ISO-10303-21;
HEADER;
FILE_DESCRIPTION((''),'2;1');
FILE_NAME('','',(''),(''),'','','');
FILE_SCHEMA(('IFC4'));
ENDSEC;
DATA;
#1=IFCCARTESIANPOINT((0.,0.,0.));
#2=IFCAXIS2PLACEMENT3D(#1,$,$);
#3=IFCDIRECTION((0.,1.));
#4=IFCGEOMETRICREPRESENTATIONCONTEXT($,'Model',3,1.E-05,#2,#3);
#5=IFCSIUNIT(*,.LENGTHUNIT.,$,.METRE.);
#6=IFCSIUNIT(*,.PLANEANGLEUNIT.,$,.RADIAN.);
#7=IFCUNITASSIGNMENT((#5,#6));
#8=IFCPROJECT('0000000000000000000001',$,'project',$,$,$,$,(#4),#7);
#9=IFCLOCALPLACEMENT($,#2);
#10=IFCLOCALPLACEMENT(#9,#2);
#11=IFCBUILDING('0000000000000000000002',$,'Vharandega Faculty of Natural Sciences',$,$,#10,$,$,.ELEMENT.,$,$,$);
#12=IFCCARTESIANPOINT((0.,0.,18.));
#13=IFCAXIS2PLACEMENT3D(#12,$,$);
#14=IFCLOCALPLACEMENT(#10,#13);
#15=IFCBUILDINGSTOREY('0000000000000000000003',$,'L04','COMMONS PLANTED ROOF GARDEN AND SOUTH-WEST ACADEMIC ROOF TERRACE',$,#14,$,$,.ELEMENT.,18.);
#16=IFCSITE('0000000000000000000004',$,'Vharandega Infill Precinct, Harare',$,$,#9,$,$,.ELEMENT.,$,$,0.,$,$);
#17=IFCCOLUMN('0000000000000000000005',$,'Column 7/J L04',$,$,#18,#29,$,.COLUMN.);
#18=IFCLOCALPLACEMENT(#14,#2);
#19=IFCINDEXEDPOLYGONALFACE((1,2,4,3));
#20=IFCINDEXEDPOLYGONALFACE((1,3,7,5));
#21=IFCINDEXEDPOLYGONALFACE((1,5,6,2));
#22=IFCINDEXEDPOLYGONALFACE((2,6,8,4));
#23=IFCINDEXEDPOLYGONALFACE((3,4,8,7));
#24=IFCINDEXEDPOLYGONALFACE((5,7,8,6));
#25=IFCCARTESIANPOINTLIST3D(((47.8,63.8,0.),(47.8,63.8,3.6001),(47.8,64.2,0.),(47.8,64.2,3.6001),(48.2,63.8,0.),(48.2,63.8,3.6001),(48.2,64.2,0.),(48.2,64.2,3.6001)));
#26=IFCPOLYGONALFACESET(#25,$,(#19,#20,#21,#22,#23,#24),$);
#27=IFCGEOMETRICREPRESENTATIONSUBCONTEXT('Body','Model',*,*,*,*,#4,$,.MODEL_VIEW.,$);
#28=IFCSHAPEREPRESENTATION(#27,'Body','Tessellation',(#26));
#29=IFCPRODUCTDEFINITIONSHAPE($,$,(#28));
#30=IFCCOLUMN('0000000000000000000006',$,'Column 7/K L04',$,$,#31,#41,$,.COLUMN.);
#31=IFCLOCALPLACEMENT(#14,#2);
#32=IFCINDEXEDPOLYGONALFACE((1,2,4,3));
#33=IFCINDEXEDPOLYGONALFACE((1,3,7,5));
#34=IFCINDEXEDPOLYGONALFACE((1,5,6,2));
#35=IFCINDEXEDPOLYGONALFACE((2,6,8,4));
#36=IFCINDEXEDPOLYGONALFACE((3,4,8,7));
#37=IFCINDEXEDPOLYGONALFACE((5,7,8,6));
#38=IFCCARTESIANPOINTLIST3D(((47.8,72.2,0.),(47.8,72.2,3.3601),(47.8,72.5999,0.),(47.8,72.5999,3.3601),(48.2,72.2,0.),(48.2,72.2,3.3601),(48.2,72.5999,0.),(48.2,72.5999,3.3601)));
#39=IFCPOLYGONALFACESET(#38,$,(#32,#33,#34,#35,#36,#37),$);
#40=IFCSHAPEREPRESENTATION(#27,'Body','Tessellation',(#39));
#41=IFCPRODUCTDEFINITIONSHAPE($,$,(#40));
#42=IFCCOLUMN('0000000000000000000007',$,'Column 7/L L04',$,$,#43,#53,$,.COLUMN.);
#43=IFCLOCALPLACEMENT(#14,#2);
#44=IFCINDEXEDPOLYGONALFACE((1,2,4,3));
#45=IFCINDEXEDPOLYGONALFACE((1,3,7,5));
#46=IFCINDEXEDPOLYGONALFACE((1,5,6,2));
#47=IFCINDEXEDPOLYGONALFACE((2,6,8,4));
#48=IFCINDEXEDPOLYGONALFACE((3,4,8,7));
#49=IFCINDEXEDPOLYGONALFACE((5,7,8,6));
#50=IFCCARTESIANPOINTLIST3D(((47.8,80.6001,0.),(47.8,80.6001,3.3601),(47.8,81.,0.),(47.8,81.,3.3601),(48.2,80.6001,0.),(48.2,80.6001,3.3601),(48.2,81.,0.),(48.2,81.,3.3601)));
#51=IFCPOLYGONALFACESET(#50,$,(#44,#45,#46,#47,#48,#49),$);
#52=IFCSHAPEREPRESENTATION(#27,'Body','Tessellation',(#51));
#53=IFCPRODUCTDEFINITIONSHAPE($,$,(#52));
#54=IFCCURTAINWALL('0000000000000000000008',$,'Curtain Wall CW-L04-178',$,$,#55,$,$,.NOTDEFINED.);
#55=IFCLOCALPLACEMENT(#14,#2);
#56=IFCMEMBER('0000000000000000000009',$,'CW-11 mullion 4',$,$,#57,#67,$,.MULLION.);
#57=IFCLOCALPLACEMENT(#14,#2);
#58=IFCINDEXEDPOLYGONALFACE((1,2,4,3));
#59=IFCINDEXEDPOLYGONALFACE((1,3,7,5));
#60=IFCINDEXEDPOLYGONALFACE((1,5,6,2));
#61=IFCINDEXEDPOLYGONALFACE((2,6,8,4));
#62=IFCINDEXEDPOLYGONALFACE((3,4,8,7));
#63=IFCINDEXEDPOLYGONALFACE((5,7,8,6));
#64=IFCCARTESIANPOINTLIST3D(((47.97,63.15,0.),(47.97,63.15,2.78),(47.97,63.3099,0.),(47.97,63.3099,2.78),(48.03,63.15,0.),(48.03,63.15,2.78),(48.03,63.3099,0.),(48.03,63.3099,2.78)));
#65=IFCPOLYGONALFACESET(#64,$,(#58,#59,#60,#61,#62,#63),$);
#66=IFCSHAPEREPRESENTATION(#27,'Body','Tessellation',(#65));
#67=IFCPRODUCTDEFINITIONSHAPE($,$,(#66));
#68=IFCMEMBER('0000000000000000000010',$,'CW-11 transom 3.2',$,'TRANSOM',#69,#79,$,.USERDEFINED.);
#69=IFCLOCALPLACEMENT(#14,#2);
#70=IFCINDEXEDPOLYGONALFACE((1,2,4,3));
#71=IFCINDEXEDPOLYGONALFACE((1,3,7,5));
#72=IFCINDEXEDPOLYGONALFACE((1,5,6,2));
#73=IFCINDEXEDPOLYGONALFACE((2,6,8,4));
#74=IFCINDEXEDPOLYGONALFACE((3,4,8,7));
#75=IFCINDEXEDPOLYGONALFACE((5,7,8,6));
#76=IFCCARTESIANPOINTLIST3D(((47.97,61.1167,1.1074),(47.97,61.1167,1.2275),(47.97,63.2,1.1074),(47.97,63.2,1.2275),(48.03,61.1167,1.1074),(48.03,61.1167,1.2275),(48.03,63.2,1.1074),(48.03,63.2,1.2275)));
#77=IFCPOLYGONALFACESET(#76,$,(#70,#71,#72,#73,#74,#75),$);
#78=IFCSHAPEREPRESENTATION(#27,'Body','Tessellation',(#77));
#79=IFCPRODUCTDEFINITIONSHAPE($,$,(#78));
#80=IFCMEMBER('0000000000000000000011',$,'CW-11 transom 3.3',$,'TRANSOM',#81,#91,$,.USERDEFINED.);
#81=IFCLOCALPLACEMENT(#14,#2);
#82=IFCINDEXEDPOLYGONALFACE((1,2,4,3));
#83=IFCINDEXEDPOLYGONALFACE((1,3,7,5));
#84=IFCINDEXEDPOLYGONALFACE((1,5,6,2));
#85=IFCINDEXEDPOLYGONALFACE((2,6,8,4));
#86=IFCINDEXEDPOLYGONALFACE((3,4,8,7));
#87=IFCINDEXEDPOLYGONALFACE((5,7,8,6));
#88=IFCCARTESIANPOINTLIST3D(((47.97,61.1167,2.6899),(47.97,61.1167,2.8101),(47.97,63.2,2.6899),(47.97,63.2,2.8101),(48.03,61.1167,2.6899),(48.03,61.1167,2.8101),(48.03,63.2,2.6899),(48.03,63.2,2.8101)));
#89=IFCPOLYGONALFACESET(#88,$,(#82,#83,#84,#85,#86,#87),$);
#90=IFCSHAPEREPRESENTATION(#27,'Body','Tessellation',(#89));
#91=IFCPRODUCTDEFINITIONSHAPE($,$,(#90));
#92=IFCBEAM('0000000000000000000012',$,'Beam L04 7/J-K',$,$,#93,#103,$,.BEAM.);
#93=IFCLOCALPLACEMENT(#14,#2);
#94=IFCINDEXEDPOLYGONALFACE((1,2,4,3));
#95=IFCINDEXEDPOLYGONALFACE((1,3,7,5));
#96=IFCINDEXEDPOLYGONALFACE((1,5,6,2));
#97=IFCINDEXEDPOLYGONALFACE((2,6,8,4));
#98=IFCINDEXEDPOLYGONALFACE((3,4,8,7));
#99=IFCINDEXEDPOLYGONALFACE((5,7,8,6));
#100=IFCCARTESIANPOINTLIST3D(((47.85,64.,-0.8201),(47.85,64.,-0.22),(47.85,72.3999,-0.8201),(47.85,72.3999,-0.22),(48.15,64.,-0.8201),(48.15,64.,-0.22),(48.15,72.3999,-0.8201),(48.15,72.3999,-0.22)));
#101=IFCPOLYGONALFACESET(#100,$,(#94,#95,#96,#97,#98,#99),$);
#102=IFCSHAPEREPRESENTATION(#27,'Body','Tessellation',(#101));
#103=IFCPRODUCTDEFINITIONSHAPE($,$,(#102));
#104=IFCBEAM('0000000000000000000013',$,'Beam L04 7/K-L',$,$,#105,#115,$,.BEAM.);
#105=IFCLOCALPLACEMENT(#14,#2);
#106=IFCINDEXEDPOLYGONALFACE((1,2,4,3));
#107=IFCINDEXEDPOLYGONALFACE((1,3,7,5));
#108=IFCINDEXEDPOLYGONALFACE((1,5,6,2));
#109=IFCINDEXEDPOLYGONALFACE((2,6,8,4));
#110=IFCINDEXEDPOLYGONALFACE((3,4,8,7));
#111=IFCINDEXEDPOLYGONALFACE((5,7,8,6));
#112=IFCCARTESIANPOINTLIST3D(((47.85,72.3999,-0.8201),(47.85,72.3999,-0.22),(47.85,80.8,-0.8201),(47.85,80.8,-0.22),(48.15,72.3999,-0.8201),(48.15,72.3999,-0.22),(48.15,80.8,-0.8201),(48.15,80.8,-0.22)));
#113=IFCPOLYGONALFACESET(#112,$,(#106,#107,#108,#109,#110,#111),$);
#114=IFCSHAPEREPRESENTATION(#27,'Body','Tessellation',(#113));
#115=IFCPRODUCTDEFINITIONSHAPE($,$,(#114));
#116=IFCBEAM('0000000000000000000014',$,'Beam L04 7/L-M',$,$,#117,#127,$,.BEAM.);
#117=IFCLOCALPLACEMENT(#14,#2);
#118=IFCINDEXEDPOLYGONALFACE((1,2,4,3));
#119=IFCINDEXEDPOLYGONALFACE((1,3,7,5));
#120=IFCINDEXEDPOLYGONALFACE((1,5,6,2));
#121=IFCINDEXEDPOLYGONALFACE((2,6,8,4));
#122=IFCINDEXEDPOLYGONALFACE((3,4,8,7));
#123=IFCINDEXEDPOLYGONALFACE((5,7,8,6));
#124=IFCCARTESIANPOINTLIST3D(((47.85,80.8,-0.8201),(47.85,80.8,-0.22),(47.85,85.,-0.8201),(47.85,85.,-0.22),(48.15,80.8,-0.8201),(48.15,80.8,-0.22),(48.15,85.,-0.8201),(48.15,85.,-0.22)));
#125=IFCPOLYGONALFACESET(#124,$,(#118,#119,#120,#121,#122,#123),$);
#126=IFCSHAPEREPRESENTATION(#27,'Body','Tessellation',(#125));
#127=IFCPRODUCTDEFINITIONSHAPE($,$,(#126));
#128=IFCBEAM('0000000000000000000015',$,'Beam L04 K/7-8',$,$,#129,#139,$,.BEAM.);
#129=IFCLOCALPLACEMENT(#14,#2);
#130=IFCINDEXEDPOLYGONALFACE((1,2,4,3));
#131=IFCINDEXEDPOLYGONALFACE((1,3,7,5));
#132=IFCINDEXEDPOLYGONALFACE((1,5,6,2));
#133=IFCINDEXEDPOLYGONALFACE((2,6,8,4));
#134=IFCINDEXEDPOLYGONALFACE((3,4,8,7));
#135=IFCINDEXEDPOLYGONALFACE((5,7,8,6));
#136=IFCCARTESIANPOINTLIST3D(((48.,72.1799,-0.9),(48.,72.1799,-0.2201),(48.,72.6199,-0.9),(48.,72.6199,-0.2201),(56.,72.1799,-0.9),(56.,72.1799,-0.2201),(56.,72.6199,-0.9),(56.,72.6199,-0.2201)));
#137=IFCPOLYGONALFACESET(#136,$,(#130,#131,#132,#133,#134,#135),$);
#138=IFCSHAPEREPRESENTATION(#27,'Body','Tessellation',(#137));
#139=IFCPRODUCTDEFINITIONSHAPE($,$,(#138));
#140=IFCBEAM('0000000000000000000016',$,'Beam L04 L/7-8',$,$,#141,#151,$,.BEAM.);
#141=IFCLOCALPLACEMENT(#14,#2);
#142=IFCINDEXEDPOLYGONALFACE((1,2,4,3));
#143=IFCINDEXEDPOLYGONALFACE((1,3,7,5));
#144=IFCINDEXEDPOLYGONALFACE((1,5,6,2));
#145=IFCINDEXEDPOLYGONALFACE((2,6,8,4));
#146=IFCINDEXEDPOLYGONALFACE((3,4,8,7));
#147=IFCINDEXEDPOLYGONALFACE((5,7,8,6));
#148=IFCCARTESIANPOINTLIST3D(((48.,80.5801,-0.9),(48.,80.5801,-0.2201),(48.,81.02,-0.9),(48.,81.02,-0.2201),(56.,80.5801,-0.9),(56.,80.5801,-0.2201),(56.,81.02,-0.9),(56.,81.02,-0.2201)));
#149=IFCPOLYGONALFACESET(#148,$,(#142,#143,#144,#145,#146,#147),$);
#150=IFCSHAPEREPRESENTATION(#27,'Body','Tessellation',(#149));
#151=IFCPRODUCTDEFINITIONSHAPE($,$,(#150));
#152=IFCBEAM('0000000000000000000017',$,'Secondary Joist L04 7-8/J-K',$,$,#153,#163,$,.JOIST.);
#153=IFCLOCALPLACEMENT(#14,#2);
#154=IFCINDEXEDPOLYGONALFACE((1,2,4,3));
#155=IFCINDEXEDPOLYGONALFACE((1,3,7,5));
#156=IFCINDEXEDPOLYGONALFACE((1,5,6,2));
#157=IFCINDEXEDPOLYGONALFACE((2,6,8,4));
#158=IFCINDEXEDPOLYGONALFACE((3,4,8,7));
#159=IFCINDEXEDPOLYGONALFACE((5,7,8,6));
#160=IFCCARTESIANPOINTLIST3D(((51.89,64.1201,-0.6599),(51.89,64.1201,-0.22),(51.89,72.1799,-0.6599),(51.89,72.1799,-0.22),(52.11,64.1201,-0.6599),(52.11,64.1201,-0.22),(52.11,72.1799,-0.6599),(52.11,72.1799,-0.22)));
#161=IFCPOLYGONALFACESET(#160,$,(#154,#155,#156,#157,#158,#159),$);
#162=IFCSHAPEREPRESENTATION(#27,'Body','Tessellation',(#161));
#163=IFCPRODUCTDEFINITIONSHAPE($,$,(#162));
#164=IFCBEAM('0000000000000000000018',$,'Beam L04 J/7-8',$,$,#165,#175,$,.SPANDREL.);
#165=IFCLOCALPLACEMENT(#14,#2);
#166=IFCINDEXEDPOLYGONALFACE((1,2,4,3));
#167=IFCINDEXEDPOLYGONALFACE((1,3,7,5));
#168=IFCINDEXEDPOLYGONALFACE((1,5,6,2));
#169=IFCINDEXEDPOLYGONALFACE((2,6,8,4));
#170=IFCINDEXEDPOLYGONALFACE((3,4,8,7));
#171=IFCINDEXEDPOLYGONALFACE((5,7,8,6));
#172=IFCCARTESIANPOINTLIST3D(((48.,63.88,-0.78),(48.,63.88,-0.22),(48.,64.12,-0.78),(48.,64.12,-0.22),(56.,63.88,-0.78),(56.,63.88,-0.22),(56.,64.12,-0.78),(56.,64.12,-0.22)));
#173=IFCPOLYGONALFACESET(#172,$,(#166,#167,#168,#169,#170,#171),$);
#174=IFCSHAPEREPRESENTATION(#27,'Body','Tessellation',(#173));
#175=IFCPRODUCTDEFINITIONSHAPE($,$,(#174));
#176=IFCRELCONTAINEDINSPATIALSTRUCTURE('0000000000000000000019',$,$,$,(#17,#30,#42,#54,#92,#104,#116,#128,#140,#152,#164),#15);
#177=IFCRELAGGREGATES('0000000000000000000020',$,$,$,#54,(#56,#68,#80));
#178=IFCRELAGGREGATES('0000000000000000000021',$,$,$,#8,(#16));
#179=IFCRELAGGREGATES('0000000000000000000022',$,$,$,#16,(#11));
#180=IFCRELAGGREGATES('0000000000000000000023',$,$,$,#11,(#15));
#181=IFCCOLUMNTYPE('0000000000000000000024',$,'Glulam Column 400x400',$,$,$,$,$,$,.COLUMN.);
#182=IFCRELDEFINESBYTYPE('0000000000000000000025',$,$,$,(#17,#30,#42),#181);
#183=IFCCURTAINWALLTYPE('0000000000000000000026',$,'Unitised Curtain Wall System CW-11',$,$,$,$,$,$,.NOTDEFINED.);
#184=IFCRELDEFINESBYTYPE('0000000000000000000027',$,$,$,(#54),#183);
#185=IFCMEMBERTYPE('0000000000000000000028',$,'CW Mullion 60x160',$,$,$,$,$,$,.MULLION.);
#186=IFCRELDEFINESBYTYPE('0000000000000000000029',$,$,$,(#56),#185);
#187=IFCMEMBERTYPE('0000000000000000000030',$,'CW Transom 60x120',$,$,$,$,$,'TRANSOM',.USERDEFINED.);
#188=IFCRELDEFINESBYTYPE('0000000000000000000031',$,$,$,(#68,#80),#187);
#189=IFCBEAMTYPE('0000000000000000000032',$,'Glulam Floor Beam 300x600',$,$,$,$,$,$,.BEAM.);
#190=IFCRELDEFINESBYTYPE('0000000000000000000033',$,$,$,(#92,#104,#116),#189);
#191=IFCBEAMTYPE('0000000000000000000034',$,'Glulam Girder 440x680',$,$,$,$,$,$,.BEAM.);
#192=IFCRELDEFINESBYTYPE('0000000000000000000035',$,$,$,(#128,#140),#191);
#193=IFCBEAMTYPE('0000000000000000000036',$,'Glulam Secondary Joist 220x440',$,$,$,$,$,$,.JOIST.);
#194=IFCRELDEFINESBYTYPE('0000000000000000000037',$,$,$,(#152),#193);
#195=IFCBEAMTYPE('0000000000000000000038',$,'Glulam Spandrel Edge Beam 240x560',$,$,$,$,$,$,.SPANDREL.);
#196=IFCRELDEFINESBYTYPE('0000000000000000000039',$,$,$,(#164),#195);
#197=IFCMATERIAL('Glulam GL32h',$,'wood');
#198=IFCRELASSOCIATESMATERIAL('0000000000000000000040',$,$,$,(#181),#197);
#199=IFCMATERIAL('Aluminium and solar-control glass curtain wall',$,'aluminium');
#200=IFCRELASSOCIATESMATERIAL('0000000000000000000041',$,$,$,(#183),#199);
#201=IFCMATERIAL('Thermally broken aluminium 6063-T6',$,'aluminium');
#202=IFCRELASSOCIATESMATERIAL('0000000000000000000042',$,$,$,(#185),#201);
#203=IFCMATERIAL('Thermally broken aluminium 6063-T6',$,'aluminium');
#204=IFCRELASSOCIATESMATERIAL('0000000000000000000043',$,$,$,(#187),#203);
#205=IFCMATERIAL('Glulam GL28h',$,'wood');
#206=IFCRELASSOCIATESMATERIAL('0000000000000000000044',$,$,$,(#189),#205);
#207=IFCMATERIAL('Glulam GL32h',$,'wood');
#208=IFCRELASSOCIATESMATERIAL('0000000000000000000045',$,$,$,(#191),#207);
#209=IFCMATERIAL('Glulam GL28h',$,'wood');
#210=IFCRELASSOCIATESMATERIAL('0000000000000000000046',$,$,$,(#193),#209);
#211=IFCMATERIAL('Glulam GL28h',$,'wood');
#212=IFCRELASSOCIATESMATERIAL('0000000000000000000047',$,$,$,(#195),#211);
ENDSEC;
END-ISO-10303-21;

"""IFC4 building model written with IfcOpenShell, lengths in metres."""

from ifc_helpers import new_model, si_unit, direction, frame, origin, origin_2d, place, context, subcontext, project, spatial, rectangle, extrude, material, material_profile, profile_set, type_object, element, aggregate, save


model = new_model("IFC4")

# Units and contexts
model_context = context("Model", 3, precision=1e-05, world=origin(), true_north=direction((0.0, 1.0)))
body_context = subcontext(model_context, "Body", "Model", "MODEL_VIEW")
ifc_project = project(units=[si_unit("LENGTHUNIT", "METRE"), si_unit("PLANEANGLEUNIT", "RADIAN")], contexts=[model_context])

# Site, building, storey
site_placement = place(None, origin())
site = spatial("IfcSite", under=ifc_project, at=site_placement, Name="Vharandega Infill Precinct, Harare", CompositionType="ELEMENT", RefElevation=0.0)
building_placement = place(site_placement, origin())
building = spatial("IfcBuilding", under=site, at=building_placement, Name="Vharandega Faculty of Natural Sciences", CompositionType="ELEMENT")
storey_placement = place(building_placement, frame((0.0, 0.0, 18.0)))
storey = spatial("IfcBuildingStorey", under=building, at=storey_placement, Name="L04", Description="COMMONS PLANTED ROOF GARDEN AND SOUTH-WEST ACADEMIC ROOF TERRACE", CompositionType="ELEMENT", Elevation=18.0)

# Columns
ifc_material_1 = material(Name="Glulam GL32h", Category="wood")
ifc_material_profile_1 = material_profile(ifc_material_1, rectangle(XDim=0.3999, YDim=0.3999, at=origin_2d()), Name="GL32h 400x400")
ifc_profile_set_1 = profile_set([ifc_material_profile_1], Name="Glulam GL32h")
column_type = type_object("IfcColumnType", Name="Glulam Column 400x400", PredefinedType="COLUMN", material=ifc_profile_set_1)
column_placement = place(storey_placement, frame((48.0, 64.0, 0.0), z_axis=(0.0, 0.0, 1.0), x_axis=(1.0, 0.0, 0.0)))
element("IfcColumn", 1, at=column_placement, inside=storey, type_object=column_type, Name="Column 7/J L04", PredefinedType="COLUMN", context=body_context, shape_type="SweptSolid", body=[
    extrude(rectangle(XDim=0.3999, YDim=0.3999, at=origin_2d()), origin(), (0.0, 0.0, 1.0), 3.6001),
])
for number, where, z_axis, x_axis, name in (
    (2, (48.0, 72.3999, 0.0), (0.0, 0.0, 1.0), (1.0, 0.0, 0.0), "Column 7/K L04"),
    (3, (48.0, 80.8, 0.0), (0.0, 0.0, 1.0), (1.0, 0.0, 0.0), "Column 7/L L04"),
):
    element("IfcColumn", number, at=place(storey_placement, frame(where, z_axis=z_axis, x_axis=x_axis)), inside=storey, type_object=column_type, Name=name, PredefinedType="COLUMN", context=body_context, shape_type="SweptSolid", body=[
        extrude(rectangle(XDim=0.3999, YDim=0.3999, at=origin_2d()), origin(), (0.0, 0.0, 1.0), 3.3601),
    ])

# Curtain wall, members
ifc_material_2 = material(Name="Aluminium and solar-control glass curtain wall", Category="aluminium")
curtain_wall_type = type_object("IfcCurtainWallType", Name="Unitised Curtain Wall System CW-11", PredefinedType="NOTDEFINED", material=ifc_material_2)
curtain_wall_placement = place(storey_placement, origin())
curtain_wall = element("IfcCurtainWall", 4, at=curtain_wall_placement, inside=storey, type_object=curtain_wall_type, Name="Curtain Wall CW-L04-178", PredefinedType="NOTDEFINED")
ifc_material_3 = material(Name="Thermally broken aluminium 6063-T6", Category="aluminium")
ifc_material_profile_2 = material_profile(ifc_material_3, rectangle(XDim=0.0601, YDim=0.1599, at=origin_2d()), Name="ALU 60x160")
ifc_profile_set_2 = profile_set([ifc_material_profile_2], Name="Thermally broken aluminium 6063-T6")
member_type_1 = type_object("IfcMemberType", Name="CW Mullion 60x160", PredefinedType="MULLION", material=ifc_profile_set_2)
member_1_placement = place(storey_placement, frame((48.0, 63.23, 0.0), z_axis=(0.0, 0.0, 1.0), x_axis=(-1.0, 0.0, 0.0)))
member_1 = element("IfcMember", 5, at=member_1_placement, type_object=member_type_1, Name="CW-11 mullion 4", PredefinedType="MULLION", context=body_context, shape_type="SweptSolid", body=[
    extrude(rectangle(XDim=0.0601, YDim=0.1599, at=origin_2d()), origin(), (0.0, 0.0, 1.0), 2.78),
])
ifc_material_4 = material(Name="Thermally broken aluminium 6063-T6", Category="aluminium")
ifc_material_profile_3 = material_profile(ifc_material_4, rectangle(XDim=0.0601, YDim=0.1201, at=origin_2d()), Name="ALU 60x120")
ifc_profile_set_3 = profile_set([ifc_material_profile_3], Name="Thermally broken aluminium 6063-T6")
member_type_2 = type_object("IfcMemberType", Name="CW Transom 60x120", ElementType="TRANSOM", PredefinedType="USERDEFINED", material=ifc_profile_set_3)
member_2_placement = place(storey_placement, frame((48.0, 61.1167, 1.1675), z_axis=(0.0, 1.0, 0.0), x_axis=(-1.0, 0.0, 0.0)))
member_2 = element("IfcMember", 6, at=member_2_placement, type_object=member_type_2, Name="CW-11 transom 3.2", ObjectType="TRANSOM", PredefinedType="USERDEFINED", context=body_context, shape_type="SweptSolid", body=[
    extrude(rectangle(XDim=0.0601, YDim=0.1201, at=origin_2d()), origin(), (0.0, 0.0, 1.0), 2.0833),
])
member_3_placement = place(storey_placement, frame((48.0, 61.1167, 2.75), z_axis=(0.0, 1.0, 0.0), x_axis=(-1.0, 0.0, 0.0)))
member_3 = element("IfcMember", 7, at=member_3_placement, type_object=member_type_2, Name="CW-11 transom 3.3", ObjectType="TRANSOM", PredefinedType="USERDEFINED", context=body_context, shape_type="SweptSolid", body=[
    extrude(rectangle(XDim=0.0601, YDim=0.1201, at=origin_2d()), origin(), (0.0, 0.0, 1.0), 2.0833),
])

# Beams
ifc_material_5 = material(Name="Glulam GL28h", Category="wood")
ifc_material_profile_4 = material_profile(ifc_material_5, rectangle(XDim=0.3, YDim=0.6001, at=origin_2d()), Name="GL28h 300x600")
ifc_profile_set_4 = profile_set([ifc_material_profile_4], Name="Glulam GL28h")
beam_type_1 = type_object("IfcBeamType", Name="Glulam Floor Beam 300x600", PredefinedType="BEAM", material=ifc_profile_set_4)
beam_1_placement = place(storey_placement, frame((48.0, 64.0, -0.52), z_axis=(0.0, 1.0, 0.0), x_axis=(-1.0, 0.0, 0.0)))
element("IfcBeam", 8, at=beam_1_placement, inside=storey, type_object=beam_type_1, Name="Beam L04 7/J-K", PredefinedType="BEAM", context=body_context, shape_type="SweptSolid", body=[
    extrude(rectangle(XDim=0.3, YDim=0.6001, at=origin_2d()), origin(), (0.0, 0.0, 1.0), 8.3999),
])
beam_2_placement = place(storey_placement, frame((48.0, 72.3999, -0.52), z_axis=(0.0, 1.0, 0.0), x_axis=(-1.0, 0.0, 0.0)))
element("IfcBeam", 9, at=beam_2_placement, inside=storey, type_object=beam_type_1, Name="Beam L04 7/K-L", PredefinedType="BEAM", context=body_context, shape_type="SweptSolid", body=[
    extrude(rectangle(XDim=0.3, YDim=0.6001, at=origin_2d()), origin(), (0.0, 0.0, 1.0), 8.4001),
])
beam_3_placement = place(storey_placement, frame((48.0, 80.8, -0.52), z_axis=(0.0, 1.0, 0.0), x_axis=(-1.0, 0.0, 0.0)))
element("IfcBeam", 10, at=beam_3_placement, inside=storey, type_object=beam_type_1, Name="Beam L04 7/L-M", PredefinedType="BEAM", context=body_context, shape_type="SweptSolid", body=[
    extrude(rectangle(XDim=0.3, YDim=0.6001, at=origin_2d()), origin(), (0.0, 0.0, 1.0), 4.2),
])
ifc_material_6 = material(Name="Glulam GL32h", Category="wood")
ifc_material_profile_5 = material_profile(ifc_material_6, rectangle(XDim=0.4399, YDim=0.6799, at=origin_2d()), Name="GL32h 440x680")
ifc_profile_set_5 = profile_set([ifc_material_profile_5], Name="Glulam GL32h")
beam_type_2 = type_object("IfcBeamType", Name="Glulam Girder 440x680", PredefinedType="BEAM", material=ifc_profile_set_5)
for number, where, z_axis, x_axis, name in (
    (11, (48.0, 72.3999, -0.5601), (1.0, 0.0, 0.0), (0.0, 1.0, 0.0), "Beam L04 K/7-8"),
    (12, (48.0, 80.8, -0.5601), (1.0, 0.0, 0.0), (0.0, 1.0, 0.0), "Beam L04 L/7-8"),
):
    element("IfcBeam", number, at=place(storey_placement, frame(where, z_axis=z_axis, x_axis=x_axis)), inside=storey, type_object=beam_type_2, Name=name, PredefinedType="BEAM", context=body_context, shape_type="SweptSolid", body=[
        extrude(rectangle(XDim=0.4399, YDim=0.6799, at=origin_2d()), origin(), (0.0, 0.0, 1.0), 8.0),
    ])
ifc_material_7 = material(Name="Glulam GL28h", Category="wood")
ifc_material_profile_6 = material_profile(ifc_material_7, rectangle(XDim=0.22, YDim=0.4399, at=origin_2d()), Name="GL28h 220x440")
ifc_profile_set_6 = profile_set([ifc_material_profile_6], Name="Glulam GL28h")
beam_type_3 = type_object("IfcBeamType", Name="Glulam Secondary Joist 220x440", PredefinedType="JOIST", material=ifc_profile_set_6)
beam_4_placement = place(storey_placement, frame((52.0, 64.1201, -0.4399), z_axis=(0.0, 1.0, 0.0), x_axis=(-1.0, 0.0, 0.0)))
element("IfcBeam", 13, at=beam_4_placement, inside=storey, type_object=beam_type_3, Name="Secondary Joist L04 7-8/J-K", PredefinedType="JOIST", context=body_context, shape_type="SweptSolid", body=[
    extrude(rectangle(XDim=0.22, YDim=0.4399, at=origin_2d()), origin(), (0.0, 0.0, 1.0), 8.0598),
])
ifc_material_8 = material(Name="Glulam GL28h", Category="wood")
ifc_material_profile_7 = material_profile(ifc_material_8, rectangle(XDim=0.24, YDim=0.5601, at=origin_2d()), Name="GL28h 240x560")
ifc_profile_set_7 = profile_set([ifc_material_profile_7], Name="Glulam GL28h")
beam_type_4 = type_object("IfcBeamType", Name="Glulam Spandrel Edge Beam 240x560", PredefinedType="SPANDREL", material=ifc_profile_set_7)
beam_5_placement = place(storey_placement, frame((48.0, 64.0, -0.5), z_axis=(1.0, 0.0, 0.0), x_axis=(0.0, 1.0, 0.0)))
element("IfcBeam", 14, at=beam_5_placement, inside=storey, type_object=beam_type_4, Name="Beam L04 J/7-8", PredefinedType="SPANDREL", context=body_context, shape_type="SweptSolid", body=[
    extrude(rectangle(XDim=0.24, YDim=0.5601, at=origin_2d()), origin(), (0.0, 0.0, 1.0), 8.0),
])

aggregate(curtain_wall, [member_1, member_2, member_3])

save(model, "model.ifc")
